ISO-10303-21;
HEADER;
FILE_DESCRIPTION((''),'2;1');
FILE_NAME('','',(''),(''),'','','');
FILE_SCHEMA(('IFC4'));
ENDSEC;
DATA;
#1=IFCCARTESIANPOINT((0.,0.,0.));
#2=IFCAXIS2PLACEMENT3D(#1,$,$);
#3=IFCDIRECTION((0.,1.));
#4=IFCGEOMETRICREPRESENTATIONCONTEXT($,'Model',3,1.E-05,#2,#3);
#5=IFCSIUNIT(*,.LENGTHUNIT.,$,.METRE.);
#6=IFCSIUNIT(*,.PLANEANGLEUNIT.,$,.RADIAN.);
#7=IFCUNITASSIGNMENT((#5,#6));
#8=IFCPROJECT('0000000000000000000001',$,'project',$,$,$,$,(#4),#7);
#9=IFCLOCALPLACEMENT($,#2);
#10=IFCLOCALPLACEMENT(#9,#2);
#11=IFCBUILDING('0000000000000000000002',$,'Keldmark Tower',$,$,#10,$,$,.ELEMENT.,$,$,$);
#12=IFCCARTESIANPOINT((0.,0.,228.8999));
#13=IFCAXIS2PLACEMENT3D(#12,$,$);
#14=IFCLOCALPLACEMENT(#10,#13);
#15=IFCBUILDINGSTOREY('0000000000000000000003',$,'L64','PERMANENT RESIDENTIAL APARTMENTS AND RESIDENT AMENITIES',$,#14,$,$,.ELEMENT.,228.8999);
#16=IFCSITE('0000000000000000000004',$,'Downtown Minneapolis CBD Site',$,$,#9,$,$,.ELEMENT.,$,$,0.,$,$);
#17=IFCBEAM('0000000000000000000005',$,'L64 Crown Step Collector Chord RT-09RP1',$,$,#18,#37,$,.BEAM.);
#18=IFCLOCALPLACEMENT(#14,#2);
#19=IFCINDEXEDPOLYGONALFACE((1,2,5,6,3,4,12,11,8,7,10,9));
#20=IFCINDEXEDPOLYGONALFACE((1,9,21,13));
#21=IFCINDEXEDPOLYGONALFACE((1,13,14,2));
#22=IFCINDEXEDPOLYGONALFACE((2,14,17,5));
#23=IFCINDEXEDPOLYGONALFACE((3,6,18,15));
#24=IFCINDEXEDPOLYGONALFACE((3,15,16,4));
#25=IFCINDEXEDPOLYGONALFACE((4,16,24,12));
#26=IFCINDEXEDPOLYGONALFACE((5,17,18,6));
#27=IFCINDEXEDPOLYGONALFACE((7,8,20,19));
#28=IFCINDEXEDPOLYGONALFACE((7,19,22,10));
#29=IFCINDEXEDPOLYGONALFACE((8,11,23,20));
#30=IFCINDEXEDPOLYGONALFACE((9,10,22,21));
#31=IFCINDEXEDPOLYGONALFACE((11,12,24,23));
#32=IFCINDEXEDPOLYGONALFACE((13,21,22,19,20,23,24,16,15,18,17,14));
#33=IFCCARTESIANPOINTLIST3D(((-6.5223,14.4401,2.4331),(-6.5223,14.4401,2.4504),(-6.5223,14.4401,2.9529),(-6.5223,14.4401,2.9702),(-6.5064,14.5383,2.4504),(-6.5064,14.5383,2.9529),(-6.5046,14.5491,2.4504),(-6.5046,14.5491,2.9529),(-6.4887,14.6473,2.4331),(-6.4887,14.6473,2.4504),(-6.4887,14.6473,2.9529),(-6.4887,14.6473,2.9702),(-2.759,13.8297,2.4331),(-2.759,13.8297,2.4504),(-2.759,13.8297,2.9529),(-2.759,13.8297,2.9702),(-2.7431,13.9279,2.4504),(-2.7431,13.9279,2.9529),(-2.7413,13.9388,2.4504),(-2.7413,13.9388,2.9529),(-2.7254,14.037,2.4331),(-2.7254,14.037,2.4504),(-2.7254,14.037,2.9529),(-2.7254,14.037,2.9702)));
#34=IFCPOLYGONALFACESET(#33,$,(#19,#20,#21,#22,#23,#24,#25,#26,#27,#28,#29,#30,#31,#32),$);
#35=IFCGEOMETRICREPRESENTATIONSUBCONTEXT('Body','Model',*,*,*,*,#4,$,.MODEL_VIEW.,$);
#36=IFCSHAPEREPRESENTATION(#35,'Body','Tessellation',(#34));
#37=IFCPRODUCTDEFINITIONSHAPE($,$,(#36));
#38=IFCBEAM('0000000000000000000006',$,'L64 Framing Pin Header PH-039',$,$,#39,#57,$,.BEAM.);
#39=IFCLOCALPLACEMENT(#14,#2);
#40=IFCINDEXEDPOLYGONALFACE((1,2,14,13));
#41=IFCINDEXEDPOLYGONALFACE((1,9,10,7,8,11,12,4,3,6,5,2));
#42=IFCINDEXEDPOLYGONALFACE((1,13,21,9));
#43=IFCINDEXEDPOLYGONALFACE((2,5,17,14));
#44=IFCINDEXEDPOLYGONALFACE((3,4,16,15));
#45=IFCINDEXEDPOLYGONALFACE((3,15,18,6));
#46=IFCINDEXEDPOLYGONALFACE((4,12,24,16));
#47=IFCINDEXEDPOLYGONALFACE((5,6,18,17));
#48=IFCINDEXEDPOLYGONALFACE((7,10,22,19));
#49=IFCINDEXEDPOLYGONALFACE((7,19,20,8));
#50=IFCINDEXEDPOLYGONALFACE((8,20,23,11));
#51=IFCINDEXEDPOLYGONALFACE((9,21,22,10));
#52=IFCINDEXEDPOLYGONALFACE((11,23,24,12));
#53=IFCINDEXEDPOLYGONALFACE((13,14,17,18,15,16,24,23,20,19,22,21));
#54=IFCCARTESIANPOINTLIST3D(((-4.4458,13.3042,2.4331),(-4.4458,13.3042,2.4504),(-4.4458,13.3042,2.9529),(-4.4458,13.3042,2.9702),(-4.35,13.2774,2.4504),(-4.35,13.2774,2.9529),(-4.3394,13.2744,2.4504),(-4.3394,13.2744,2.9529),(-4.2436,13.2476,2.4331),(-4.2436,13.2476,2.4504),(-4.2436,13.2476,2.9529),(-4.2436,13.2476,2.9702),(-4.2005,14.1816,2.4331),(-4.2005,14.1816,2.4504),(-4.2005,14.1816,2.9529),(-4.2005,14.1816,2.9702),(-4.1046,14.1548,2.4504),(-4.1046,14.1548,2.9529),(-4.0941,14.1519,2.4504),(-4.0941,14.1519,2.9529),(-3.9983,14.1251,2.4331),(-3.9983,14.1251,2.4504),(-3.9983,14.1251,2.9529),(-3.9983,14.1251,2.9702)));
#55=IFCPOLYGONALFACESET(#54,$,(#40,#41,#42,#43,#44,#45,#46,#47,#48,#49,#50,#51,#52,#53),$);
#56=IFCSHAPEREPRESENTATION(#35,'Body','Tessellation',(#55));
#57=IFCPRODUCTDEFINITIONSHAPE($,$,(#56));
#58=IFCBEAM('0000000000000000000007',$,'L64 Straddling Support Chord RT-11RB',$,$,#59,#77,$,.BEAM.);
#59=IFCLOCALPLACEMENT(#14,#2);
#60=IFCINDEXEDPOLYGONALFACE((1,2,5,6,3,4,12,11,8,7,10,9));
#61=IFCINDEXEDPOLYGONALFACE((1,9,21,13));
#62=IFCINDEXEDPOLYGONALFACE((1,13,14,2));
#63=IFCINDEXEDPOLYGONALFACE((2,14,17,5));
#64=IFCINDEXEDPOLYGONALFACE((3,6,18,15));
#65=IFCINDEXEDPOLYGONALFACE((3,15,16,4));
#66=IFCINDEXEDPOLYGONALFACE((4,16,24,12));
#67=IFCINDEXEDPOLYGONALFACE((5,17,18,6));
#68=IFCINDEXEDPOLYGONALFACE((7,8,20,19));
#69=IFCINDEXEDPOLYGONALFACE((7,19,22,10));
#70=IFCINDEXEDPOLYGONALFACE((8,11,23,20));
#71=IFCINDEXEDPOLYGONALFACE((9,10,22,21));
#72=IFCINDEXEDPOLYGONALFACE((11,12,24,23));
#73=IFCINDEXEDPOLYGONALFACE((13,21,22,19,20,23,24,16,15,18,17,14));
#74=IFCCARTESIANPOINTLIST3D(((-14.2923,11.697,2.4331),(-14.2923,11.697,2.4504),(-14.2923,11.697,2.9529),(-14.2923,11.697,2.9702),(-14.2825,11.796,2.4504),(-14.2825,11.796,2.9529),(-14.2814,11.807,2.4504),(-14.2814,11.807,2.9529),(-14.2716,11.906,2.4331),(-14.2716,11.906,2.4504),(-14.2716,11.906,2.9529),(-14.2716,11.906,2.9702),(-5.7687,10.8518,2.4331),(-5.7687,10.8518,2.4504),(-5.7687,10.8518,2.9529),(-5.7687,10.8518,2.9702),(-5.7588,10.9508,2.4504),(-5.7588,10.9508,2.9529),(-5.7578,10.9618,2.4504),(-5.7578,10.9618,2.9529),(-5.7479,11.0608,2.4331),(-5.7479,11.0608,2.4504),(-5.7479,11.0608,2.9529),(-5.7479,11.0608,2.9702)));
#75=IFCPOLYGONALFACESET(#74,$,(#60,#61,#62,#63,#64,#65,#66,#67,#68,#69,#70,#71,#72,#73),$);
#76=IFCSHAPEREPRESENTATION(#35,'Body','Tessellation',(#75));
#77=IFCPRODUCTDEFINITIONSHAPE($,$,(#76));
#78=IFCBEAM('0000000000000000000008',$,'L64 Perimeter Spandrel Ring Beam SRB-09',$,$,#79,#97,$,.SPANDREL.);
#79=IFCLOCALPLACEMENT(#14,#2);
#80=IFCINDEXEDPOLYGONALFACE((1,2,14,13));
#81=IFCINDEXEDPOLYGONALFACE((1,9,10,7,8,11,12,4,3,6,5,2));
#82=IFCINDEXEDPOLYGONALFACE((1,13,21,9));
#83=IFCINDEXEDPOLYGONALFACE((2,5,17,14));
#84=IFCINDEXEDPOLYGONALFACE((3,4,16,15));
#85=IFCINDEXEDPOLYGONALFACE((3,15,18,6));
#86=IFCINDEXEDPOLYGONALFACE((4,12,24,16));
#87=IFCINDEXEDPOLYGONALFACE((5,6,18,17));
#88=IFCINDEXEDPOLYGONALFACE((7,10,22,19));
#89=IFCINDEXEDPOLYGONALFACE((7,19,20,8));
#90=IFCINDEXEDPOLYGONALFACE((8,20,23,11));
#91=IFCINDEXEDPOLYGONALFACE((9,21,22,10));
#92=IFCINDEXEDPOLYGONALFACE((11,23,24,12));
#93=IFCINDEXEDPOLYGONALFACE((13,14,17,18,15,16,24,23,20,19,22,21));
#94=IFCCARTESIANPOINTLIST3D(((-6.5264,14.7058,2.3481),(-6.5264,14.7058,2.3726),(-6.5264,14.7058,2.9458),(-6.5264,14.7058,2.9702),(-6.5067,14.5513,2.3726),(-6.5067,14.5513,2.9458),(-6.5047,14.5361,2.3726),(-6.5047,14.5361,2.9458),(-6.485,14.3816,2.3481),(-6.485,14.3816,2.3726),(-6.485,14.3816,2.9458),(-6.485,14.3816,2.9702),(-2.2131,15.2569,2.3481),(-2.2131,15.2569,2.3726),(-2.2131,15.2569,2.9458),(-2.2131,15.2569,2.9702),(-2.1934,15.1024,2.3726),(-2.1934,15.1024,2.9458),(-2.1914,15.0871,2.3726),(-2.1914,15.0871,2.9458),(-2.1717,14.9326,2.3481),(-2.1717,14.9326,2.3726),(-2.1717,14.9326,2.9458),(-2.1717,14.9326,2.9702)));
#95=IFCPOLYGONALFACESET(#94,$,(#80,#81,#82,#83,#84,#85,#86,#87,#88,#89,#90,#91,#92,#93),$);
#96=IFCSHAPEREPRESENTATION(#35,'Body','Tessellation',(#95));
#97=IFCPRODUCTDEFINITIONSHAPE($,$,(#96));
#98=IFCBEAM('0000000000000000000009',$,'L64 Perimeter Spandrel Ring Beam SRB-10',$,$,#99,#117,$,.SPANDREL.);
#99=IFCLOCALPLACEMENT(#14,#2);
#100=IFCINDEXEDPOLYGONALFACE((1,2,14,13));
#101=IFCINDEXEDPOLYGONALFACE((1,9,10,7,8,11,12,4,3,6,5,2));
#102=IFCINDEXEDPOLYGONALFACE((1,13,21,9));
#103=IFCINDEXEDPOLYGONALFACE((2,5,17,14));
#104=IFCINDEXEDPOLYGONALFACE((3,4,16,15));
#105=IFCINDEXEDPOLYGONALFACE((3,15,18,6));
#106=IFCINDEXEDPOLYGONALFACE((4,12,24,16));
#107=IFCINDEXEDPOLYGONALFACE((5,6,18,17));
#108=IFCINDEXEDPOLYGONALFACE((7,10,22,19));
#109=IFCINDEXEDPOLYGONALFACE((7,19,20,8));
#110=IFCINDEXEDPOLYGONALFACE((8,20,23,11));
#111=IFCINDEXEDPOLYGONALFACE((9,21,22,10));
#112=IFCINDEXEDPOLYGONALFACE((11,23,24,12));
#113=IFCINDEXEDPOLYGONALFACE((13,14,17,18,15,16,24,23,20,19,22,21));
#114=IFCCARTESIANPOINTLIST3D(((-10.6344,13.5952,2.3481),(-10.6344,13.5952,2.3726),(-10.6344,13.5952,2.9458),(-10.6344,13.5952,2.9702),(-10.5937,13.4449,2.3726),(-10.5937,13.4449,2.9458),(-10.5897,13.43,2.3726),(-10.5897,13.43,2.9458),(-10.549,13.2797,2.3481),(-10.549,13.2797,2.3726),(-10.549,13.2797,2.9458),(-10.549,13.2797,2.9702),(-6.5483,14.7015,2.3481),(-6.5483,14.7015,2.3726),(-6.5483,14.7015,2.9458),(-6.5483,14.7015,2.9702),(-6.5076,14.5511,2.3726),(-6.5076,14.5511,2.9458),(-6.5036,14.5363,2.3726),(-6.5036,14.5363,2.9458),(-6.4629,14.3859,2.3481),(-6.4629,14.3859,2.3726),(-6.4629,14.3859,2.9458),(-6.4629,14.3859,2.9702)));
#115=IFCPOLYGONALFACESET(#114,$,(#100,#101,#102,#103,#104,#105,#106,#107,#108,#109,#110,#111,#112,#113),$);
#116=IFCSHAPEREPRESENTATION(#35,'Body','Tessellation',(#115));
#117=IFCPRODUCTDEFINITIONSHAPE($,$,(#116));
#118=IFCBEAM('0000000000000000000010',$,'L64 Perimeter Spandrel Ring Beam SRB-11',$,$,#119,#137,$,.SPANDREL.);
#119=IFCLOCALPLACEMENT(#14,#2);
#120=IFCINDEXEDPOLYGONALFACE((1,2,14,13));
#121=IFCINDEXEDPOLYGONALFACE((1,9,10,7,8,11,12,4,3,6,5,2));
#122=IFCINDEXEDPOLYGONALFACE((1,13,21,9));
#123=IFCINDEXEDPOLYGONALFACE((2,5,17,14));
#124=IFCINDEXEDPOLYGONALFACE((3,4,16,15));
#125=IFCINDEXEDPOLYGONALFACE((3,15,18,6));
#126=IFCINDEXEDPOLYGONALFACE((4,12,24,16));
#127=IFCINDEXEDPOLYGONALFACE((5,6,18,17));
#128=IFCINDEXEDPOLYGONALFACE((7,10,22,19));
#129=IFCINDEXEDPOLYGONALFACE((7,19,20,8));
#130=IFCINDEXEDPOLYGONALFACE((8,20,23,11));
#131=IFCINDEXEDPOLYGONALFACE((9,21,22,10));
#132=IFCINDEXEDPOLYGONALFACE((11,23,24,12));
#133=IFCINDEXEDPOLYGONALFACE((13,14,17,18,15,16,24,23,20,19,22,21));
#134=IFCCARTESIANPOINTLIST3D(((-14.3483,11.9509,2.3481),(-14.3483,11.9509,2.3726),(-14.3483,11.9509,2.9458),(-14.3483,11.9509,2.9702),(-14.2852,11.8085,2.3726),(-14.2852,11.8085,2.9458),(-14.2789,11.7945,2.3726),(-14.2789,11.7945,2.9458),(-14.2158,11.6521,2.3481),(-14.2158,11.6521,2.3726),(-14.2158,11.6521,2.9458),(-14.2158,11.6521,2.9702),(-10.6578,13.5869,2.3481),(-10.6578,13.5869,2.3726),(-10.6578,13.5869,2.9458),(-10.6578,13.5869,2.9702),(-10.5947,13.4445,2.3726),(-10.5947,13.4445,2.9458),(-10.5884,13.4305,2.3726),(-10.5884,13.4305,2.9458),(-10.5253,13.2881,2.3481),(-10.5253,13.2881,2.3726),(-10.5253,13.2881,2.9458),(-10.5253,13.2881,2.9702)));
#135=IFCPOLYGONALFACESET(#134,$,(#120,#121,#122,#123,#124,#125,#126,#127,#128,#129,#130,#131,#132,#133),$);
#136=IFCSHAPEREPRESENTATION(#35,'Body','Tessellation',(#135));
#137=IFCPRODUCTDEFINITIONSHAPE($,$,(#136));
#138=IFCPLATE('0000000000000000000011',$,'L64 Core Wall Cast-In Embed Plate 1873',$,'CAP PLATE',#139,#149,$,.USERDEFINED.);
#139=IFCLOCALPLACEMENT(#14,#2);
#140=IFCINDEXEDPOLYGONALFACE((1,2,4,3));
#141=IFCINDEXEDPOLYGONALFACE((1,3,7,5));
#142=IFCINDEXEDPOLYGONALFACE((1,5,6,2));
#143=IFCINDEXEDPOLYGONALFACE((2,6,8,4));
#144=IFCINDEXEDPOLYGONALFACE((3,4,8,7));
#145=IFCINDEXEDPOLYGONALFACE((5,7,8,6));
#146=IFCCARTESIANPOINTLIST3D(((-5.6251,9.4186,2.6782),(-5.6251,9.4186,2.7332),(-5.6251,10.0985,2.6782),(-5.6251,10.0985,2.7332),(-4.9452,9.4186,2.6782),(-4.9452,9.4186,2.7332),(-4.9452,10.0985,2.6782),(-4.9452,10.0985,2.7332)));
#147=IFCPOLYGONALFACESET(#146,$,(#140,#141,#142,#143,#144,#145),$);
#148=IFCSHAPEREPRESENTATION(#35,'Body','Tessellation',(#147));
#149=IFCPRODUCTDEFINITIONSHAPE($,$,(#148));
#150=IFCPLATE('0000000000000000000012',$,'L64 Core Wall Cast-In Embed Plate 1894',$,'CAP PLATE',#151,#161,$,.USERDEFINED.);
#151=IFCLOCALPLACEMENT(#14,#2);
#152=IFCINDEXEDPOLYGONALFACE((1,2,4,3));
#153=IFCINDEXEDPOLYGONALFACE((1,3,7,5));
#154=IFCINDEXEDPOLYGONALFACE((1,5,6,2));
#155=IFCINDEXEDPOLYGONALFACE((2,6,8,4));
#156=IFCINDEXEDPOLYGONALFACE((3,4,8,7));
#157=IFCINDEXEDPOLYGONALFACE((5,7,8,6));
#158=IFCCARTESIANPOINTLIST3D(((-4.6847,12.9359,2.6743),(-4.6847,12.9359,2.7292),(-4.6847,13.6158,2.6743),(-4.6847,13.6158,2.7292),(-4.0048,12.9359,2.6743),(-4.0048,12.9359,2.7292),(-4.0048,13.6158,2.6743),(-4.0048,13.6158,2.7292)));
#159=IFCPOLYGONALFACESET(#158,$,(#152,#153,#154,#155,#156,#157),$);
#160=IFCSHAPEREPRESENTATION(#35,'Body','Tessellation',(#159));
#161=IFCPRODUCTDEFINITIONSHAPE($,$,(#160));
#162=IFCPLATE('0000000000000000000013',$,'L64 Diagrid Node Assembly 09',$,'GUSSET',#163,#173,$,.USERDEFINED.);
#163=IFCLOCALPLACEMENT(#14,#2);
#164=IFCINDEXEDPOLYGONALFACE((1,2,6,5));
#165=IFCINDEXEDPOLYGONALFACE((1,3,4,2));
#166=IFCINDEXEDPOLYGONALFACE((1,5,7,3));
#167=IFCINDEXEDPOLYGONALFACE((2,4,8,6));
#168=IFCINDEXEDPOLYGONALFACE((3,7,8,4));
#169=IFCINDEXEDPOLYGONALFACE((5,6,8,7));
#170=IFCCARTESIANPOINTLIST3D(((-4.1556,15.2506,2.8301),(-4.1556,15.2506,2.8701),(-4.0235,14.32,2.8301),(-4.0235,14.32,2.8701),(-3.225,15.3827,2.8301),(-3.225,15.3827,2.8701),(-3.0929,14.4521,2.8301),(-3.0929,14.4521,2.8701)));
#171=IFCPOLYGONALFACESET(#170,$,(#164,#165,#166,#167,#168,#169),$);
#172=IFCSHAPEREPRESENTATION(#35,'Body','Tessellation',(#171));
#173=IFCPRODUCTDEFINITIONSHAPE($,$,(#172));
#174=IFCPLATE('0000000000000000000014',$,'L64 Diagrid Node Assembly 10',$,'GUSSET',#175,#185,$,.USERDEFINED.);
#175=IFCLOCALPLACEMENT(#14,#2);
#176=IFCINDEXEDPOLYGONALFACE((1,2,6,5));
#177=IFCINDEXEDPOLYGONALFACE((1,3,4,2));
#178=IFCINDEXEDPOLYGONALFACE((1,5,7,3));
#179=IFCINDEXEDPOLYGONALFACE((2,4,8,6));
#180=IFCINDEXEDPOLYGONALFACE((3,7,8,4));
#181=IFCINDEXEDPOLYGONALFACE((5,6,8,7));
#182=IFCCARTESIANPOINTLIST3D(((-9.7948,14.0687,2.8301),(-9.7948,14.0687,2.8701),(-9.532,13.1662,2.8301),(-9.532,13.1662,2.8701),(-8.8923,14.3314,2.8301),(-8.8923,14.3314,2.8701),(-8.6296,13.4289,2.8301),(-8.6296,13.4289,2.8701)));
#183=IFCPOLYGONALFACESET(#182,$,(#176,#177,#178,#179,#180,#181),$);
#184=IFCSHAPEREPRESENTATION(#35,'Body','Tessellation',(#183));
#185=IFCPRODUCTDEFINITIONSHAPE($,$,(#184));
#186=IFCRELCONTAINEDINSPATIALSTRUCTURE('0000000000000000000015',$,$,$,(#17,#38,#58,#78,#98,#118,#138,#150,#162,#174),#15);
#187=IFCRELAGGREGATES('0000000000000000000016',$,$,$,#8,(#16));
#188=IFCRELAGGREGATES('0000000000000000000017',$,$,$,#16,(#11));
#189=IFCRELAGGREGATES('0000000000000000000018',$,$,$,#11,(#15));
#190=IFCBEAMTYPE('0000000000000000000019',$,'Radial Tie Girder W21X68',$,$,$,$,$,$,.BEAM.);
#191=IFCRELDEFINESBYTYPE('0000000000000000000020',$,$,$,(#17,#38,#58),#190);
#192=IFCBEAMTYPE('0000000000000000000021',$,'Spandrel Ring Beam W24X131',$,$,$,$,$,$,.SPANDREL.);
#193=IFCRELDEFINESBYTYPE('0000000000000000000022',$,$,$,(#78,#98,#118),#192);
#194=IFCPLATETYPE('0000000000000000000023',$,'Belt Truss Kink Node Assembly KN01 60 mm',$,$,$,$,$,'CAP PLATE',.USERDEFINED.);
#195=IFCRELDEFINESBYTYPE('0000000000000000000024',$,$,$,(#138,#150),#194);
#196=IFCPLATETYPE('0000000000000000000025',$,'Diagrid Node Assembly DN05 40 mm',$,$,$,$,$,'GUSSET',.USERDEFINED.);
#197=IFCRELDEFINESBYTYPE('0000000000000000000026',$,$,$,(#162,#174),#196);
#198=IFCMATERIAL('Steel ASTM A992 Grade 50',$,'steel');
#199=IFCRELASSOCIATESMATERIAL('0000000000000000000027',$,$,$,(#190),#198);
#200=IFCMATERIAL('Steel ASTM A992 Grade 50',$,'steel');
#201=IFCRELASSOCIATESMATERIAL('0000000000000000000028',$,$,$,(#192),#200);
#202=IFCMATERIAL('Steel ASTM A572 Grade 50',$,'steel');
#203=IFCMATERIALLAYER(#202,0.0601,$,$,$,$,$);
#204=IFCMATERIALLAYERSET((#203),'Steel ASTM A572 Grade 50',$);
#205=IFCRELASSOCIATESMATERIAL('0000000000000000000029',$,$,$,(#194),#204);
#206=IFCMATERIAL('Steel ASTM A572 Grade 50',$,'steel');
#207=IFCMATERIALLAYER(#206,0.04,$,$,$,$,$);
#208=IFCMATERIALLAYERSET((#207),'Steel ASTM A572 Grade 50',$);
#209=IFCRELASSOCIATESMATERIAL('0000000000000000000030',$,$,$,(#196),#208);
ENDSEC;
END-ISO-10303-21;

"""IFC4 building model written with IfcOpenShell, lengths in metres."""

from ifc_helpers import new_model, si_unit, direction, frame, origin, origin_2d, place, context, subcontext, project, spatial, rectangle, i_section, extrude, material, layer, layer_set, material_profile, profile_set, type_object, element, save


model = new_model("IFC4")

# Units and contexts
model_context = context("Model", 3, precision=1e-05, world=origin(), true_north=direction((0.0, 1.0)))
body_context = subcontext(model_context, "Body", "Model", "MODEL_VIEW")
ifc_project = project(units=[si_unit("LENGTHUNIT", "METRE"), si_unit("PLANEANGLEUNIT", "RADIAN")], contexts=[model_context])

# Site, building, storey
site_placement = place(None, origin())
site = spatial("IfcSite", under=ifc_project, at=site_placement, Name="Downtown Minneapolis CBD Site", CompositionType="ELEMENT", RefElevation=0.0)
building_placement = place(site_placement, origin())
building = spatial("IfcBuilding", under=site, at=building_placement, Name="Keldmark Tower", CompositionType="ELEMENT")
storey_placement = place(building_placement, frame((0.0, 0.0, 228.8999)))
storey = spatial("IfcBuildingStorey", under=building, at=storey_placement, Name="L64", Description="PERMANENT RESIDENTIAL APARTMENTS AND RESIDENT AMENITIES", CompositionType="ELEMENT", Elevation=228.8999)

# Beams
ifc_material_1 = material(Name="Steel ASTM A992 Grade 50", Category="steel")
ifc_material_profile_1 = material_profile(ifc_material_1, i_section(OverallWidth=0.21, OverallDepth=0.5371, WebThickness=0.011, FlangeThickness=0.0173, at=origin_2d()), Name="W21X68")
ifc_profile_set_1 = profile_set([ifc_material_profile_1], Name="Steel ASTM A992 Grade 50")
beam_type_1 = type_object("IfcBeamType", Name="Radial Tie Girder W21X68", PredefinedType="BEAM", material=ifc_profile_set_1)
beam_1_placement = place(storey_placement, frame((-2.7422, 13.9333, 2.7017), z_axis=(-0.987103, 0.160088, 0.0), x_axis=(-0.160088, -0.987103, 0.0)))
element("IfcBeam", 1, at=beam_1_placement, inside=storey, type_object=beam_type_1, Name="L64 Crown Step Collector Chord RT-09RP1", PredefinedType="BEAM", context=body_context, shape_type="SweptSolid", body=[
    extrude(i_section(OverallWidth=0.21, OverallDepth=0.5371, WebThickness=0.011, FlangeThickness=0.0173, at=origin_2d()), origin(), (0.0, 0.0, 1.0), 3.8125),
])
beam_2_placement = place(storey_placement, frame((-4.3447, 13.2759, 2.7017), z_axis=(0.269302, 0.963056, 0.0), x_axis=(-0.963056, 0.269302, 0.0)))
element("IfcBeam", 2, at=beam_2_placement, inside=storey, type_object=beam_type_1, Name="L64 Framing Pin Header PH-039", PredefinedType="BEAM", context=body_context, shape_type="SweptSolid", body=[
    extrude(i_section(OverallWidth=0.21, OverallDepth=0.5371, WebThickness=0.011, FlangeThickness=0.0173, at=origin_2d()), origin(), (0.0, 0.0, 1.0), 0.9111),
])
beam_3_placement = place(storey_placement, frame((-5.7583, 10.9563, 2.7017), z_axis=(-0.99512, 0.098677, 0.0), x_axis=(-0.098677, -0.99512, 0.0)))
element("IfcBeam", 3, at=beam_3_placement, inside=storey, type_object=beam_type_1, Name="L64 Straddling Support Chord RT-11RB", PredefinedType="BEAM", context=body_context, shape_type="SweptSolid", body=[
    extrude(i_section(OverallWidth=0.21, OverallDepth=0.5371, WebThickness=0.011, FlangeThickness=0.0173, at=origin_2d()), origin(), (0.0, 0.0, 1.0), 8.5654),
])
ifc_material_2 = material(Name="Steel ASTM A992 Grade 50", Category="steel")
ifc_material_profile_2 = material_profile(ifc_material_2, i_section(OverallWidth=0.3269, OverallDepth=0.6221, WebThickness=0.0154, FlangeThickness=0.0244, at=origin_2d()), Name="W24X131")
ifc_profile_set_2 = profile_set([ifc_material_profile_2], Name="Steel ASTM A992 Grade 50")
beam_type_2 = type_object("IfcBeamType", Name="Spandrel Ring Beam W24X131", PredefinedType="SPANDREL", material=ifc_profile_set_2)
beam_4_placement = place(storey_placement, frame((-2.1924, 15.0947, 2.6592), z_axis=(-0.991938, -0.126722, 0.0), x_axis=(0.126722, -0.991938, 0.0)))
element("IfcBeam", 4, at=beam_4_placement, inside=storey, type_object=beam_type_2, Name="L64 Perimeter Spandrel Ring Beam SRB-09", PredefinedType="SPANDREL", context=body_context, shape_type="SweptSolid", body=[
    extrude(i_section(OverallWidth=0.3269, OverallDepth=0.6221, WebThickness=0.0154, FlangeThickness=0.0244, at=origin_2d()), origin(), (0.0, 0.0, 1.0), 4.3484),
])
beam_5_placement = place(storey_placement, frame((-6.5056, 14.5437, 2.6592), z_axis=(-0.965251, -0.261326, 0.0), x_axis=(0.261326, -0.965251, 0.0)))
element("IfcBeam", 5, at=beam_5_placement, inside=storey, type_object=beam_type_2, Name="L64 Perimeter Spandrel Ring Beam SRB-10", PredefinedType="SPANDREL", context=body_context, shape_type="SweptSolid", body=[
    extrude(i_section(OverallWidth=0.3269, OverallDepth=0.6221, WebThickness=0.0154, FlangeThickness=0.0244, at=origin_2d()), origin(), (0.0, 0.0, 1.0), 4.2332),
])
beam_6_placement = place(storey_placement, frame((-10.5916, 13.4375, 2.6592), z_axis=(-0.914198, -0.405269, 0.0), x_axis=(0.405269, -0.914198, 0.0)))
element("IfcBeam", 6, at=beam_6_placement, inside=storey, type_object=beam_type_2, Name="L64 Perimeter Spandrel Ring Beam SRB-11", PredefinedType="SPANDREL", context=body_context, shape_type="SweptSolid", body=[
    extrude(i_section(OverallWidth=0.3269, OverallDepth=0.6221, WebThickness=0.0154, FlangeThickness=0.0244, at=origin_2d()), origin(), (0.0, 0.0, 1.0), 4.0369),
])

# Plates
ifc_material_3 = material(Name="Steel ASTM A572 Grade 50", Category="steel")
ifc_layer_1 = layer(ifc_material_3, 0.0601)
ifc_layer_set_1 = layer_set([ifc_layer_1], Name="Steel ASTM A572 Grade 50")
plate_type_1 = type_object("IfcPlateType", Name="Belt Truss Kink Node Assembly KN01 60 mm", ElementType="CAP PLATE", PredefinedType="USERDEFINED", material=ifc_layer_set_1)
for number, where, z_axis, x_axis, name in (
    (7, (-5.2852, 9.7585, 2.6782), (0.0, 0.0, 1.0), (1.0, 0.0, 0.0), "L64 Core Wall Cast-In Embed Plate 1873"),
    (8, (-4.3447, 13.2759, 2.6743), (0.0, 0.0, 1.0), (1.0, 0.0, 0.0), "L64 Core Wall Cast-In Embed Plate 1894"),
):
    element("IfcPlate", number, at=place(storey_placement, frame(where, z_axis=z_axis, x_axis=x_axis)), inside=storey, type_object=plate_type_1, Name=name, ObjectType="CAP PLATE", PredefinedType="USERDEFINED", context=body_context, shape_type="SweptSolid", body=[
        extrude(rectangle(XDim=0.6799, YDim=0.6799, at=origin_2d()), origin(), (0.0, 0.0, 1.0), 0.0549),
    ])
ifc_material_4 = material(Name="Steel ASTM A572 Grade 50", Category="steel")
ifc_layer_2 = layer(ifc_material_4, 0.04)
ifc_layer_set_2 = layer_set([ifc_layer_2], Name="Steel ASTM A572 Grade 50")
plate_type_2 = type_object("IfcPlateType", Name="Diagrid Node Assembly DN05 40 mm", ElementType="GUSSET", PredefinedType="USERDEFINED", material=ifc_layer_set_2)
for number, where, z_axis, x_axis, name in (
    (9, (-3.6243, 14.8513, 2.8301), (0.0, 0.0, 1.0), (-0.990073, -0.140556, 0.0), "L64 Diagrid Node Assembly 09"),
    (10, (-9.2122, 13.7488, 2.8301), (0.0, 0.0, 1.0), (-0.960147, -0.279494, 0.0), "L64 Diagrid Node Assembly 10"),
):
    element("IfcPlate", number, at=place(storey_placement, frame(where, z_axis=z_axis, x_axis=x_axis)), inside=storey, type_object=plate_type_2, Name=name, ObjectType="GUSSET", PredefinedType="USERDEFINED", context=body_context, shape_type="SweptSolid", body=[
        extrude(rectangle(XDim=0.9399, YDim=0.9399, at=origin_2d()), origin(), (0.0, 0.0, 1.0), 0.04),
    ])

save(model, "model.ifc")
